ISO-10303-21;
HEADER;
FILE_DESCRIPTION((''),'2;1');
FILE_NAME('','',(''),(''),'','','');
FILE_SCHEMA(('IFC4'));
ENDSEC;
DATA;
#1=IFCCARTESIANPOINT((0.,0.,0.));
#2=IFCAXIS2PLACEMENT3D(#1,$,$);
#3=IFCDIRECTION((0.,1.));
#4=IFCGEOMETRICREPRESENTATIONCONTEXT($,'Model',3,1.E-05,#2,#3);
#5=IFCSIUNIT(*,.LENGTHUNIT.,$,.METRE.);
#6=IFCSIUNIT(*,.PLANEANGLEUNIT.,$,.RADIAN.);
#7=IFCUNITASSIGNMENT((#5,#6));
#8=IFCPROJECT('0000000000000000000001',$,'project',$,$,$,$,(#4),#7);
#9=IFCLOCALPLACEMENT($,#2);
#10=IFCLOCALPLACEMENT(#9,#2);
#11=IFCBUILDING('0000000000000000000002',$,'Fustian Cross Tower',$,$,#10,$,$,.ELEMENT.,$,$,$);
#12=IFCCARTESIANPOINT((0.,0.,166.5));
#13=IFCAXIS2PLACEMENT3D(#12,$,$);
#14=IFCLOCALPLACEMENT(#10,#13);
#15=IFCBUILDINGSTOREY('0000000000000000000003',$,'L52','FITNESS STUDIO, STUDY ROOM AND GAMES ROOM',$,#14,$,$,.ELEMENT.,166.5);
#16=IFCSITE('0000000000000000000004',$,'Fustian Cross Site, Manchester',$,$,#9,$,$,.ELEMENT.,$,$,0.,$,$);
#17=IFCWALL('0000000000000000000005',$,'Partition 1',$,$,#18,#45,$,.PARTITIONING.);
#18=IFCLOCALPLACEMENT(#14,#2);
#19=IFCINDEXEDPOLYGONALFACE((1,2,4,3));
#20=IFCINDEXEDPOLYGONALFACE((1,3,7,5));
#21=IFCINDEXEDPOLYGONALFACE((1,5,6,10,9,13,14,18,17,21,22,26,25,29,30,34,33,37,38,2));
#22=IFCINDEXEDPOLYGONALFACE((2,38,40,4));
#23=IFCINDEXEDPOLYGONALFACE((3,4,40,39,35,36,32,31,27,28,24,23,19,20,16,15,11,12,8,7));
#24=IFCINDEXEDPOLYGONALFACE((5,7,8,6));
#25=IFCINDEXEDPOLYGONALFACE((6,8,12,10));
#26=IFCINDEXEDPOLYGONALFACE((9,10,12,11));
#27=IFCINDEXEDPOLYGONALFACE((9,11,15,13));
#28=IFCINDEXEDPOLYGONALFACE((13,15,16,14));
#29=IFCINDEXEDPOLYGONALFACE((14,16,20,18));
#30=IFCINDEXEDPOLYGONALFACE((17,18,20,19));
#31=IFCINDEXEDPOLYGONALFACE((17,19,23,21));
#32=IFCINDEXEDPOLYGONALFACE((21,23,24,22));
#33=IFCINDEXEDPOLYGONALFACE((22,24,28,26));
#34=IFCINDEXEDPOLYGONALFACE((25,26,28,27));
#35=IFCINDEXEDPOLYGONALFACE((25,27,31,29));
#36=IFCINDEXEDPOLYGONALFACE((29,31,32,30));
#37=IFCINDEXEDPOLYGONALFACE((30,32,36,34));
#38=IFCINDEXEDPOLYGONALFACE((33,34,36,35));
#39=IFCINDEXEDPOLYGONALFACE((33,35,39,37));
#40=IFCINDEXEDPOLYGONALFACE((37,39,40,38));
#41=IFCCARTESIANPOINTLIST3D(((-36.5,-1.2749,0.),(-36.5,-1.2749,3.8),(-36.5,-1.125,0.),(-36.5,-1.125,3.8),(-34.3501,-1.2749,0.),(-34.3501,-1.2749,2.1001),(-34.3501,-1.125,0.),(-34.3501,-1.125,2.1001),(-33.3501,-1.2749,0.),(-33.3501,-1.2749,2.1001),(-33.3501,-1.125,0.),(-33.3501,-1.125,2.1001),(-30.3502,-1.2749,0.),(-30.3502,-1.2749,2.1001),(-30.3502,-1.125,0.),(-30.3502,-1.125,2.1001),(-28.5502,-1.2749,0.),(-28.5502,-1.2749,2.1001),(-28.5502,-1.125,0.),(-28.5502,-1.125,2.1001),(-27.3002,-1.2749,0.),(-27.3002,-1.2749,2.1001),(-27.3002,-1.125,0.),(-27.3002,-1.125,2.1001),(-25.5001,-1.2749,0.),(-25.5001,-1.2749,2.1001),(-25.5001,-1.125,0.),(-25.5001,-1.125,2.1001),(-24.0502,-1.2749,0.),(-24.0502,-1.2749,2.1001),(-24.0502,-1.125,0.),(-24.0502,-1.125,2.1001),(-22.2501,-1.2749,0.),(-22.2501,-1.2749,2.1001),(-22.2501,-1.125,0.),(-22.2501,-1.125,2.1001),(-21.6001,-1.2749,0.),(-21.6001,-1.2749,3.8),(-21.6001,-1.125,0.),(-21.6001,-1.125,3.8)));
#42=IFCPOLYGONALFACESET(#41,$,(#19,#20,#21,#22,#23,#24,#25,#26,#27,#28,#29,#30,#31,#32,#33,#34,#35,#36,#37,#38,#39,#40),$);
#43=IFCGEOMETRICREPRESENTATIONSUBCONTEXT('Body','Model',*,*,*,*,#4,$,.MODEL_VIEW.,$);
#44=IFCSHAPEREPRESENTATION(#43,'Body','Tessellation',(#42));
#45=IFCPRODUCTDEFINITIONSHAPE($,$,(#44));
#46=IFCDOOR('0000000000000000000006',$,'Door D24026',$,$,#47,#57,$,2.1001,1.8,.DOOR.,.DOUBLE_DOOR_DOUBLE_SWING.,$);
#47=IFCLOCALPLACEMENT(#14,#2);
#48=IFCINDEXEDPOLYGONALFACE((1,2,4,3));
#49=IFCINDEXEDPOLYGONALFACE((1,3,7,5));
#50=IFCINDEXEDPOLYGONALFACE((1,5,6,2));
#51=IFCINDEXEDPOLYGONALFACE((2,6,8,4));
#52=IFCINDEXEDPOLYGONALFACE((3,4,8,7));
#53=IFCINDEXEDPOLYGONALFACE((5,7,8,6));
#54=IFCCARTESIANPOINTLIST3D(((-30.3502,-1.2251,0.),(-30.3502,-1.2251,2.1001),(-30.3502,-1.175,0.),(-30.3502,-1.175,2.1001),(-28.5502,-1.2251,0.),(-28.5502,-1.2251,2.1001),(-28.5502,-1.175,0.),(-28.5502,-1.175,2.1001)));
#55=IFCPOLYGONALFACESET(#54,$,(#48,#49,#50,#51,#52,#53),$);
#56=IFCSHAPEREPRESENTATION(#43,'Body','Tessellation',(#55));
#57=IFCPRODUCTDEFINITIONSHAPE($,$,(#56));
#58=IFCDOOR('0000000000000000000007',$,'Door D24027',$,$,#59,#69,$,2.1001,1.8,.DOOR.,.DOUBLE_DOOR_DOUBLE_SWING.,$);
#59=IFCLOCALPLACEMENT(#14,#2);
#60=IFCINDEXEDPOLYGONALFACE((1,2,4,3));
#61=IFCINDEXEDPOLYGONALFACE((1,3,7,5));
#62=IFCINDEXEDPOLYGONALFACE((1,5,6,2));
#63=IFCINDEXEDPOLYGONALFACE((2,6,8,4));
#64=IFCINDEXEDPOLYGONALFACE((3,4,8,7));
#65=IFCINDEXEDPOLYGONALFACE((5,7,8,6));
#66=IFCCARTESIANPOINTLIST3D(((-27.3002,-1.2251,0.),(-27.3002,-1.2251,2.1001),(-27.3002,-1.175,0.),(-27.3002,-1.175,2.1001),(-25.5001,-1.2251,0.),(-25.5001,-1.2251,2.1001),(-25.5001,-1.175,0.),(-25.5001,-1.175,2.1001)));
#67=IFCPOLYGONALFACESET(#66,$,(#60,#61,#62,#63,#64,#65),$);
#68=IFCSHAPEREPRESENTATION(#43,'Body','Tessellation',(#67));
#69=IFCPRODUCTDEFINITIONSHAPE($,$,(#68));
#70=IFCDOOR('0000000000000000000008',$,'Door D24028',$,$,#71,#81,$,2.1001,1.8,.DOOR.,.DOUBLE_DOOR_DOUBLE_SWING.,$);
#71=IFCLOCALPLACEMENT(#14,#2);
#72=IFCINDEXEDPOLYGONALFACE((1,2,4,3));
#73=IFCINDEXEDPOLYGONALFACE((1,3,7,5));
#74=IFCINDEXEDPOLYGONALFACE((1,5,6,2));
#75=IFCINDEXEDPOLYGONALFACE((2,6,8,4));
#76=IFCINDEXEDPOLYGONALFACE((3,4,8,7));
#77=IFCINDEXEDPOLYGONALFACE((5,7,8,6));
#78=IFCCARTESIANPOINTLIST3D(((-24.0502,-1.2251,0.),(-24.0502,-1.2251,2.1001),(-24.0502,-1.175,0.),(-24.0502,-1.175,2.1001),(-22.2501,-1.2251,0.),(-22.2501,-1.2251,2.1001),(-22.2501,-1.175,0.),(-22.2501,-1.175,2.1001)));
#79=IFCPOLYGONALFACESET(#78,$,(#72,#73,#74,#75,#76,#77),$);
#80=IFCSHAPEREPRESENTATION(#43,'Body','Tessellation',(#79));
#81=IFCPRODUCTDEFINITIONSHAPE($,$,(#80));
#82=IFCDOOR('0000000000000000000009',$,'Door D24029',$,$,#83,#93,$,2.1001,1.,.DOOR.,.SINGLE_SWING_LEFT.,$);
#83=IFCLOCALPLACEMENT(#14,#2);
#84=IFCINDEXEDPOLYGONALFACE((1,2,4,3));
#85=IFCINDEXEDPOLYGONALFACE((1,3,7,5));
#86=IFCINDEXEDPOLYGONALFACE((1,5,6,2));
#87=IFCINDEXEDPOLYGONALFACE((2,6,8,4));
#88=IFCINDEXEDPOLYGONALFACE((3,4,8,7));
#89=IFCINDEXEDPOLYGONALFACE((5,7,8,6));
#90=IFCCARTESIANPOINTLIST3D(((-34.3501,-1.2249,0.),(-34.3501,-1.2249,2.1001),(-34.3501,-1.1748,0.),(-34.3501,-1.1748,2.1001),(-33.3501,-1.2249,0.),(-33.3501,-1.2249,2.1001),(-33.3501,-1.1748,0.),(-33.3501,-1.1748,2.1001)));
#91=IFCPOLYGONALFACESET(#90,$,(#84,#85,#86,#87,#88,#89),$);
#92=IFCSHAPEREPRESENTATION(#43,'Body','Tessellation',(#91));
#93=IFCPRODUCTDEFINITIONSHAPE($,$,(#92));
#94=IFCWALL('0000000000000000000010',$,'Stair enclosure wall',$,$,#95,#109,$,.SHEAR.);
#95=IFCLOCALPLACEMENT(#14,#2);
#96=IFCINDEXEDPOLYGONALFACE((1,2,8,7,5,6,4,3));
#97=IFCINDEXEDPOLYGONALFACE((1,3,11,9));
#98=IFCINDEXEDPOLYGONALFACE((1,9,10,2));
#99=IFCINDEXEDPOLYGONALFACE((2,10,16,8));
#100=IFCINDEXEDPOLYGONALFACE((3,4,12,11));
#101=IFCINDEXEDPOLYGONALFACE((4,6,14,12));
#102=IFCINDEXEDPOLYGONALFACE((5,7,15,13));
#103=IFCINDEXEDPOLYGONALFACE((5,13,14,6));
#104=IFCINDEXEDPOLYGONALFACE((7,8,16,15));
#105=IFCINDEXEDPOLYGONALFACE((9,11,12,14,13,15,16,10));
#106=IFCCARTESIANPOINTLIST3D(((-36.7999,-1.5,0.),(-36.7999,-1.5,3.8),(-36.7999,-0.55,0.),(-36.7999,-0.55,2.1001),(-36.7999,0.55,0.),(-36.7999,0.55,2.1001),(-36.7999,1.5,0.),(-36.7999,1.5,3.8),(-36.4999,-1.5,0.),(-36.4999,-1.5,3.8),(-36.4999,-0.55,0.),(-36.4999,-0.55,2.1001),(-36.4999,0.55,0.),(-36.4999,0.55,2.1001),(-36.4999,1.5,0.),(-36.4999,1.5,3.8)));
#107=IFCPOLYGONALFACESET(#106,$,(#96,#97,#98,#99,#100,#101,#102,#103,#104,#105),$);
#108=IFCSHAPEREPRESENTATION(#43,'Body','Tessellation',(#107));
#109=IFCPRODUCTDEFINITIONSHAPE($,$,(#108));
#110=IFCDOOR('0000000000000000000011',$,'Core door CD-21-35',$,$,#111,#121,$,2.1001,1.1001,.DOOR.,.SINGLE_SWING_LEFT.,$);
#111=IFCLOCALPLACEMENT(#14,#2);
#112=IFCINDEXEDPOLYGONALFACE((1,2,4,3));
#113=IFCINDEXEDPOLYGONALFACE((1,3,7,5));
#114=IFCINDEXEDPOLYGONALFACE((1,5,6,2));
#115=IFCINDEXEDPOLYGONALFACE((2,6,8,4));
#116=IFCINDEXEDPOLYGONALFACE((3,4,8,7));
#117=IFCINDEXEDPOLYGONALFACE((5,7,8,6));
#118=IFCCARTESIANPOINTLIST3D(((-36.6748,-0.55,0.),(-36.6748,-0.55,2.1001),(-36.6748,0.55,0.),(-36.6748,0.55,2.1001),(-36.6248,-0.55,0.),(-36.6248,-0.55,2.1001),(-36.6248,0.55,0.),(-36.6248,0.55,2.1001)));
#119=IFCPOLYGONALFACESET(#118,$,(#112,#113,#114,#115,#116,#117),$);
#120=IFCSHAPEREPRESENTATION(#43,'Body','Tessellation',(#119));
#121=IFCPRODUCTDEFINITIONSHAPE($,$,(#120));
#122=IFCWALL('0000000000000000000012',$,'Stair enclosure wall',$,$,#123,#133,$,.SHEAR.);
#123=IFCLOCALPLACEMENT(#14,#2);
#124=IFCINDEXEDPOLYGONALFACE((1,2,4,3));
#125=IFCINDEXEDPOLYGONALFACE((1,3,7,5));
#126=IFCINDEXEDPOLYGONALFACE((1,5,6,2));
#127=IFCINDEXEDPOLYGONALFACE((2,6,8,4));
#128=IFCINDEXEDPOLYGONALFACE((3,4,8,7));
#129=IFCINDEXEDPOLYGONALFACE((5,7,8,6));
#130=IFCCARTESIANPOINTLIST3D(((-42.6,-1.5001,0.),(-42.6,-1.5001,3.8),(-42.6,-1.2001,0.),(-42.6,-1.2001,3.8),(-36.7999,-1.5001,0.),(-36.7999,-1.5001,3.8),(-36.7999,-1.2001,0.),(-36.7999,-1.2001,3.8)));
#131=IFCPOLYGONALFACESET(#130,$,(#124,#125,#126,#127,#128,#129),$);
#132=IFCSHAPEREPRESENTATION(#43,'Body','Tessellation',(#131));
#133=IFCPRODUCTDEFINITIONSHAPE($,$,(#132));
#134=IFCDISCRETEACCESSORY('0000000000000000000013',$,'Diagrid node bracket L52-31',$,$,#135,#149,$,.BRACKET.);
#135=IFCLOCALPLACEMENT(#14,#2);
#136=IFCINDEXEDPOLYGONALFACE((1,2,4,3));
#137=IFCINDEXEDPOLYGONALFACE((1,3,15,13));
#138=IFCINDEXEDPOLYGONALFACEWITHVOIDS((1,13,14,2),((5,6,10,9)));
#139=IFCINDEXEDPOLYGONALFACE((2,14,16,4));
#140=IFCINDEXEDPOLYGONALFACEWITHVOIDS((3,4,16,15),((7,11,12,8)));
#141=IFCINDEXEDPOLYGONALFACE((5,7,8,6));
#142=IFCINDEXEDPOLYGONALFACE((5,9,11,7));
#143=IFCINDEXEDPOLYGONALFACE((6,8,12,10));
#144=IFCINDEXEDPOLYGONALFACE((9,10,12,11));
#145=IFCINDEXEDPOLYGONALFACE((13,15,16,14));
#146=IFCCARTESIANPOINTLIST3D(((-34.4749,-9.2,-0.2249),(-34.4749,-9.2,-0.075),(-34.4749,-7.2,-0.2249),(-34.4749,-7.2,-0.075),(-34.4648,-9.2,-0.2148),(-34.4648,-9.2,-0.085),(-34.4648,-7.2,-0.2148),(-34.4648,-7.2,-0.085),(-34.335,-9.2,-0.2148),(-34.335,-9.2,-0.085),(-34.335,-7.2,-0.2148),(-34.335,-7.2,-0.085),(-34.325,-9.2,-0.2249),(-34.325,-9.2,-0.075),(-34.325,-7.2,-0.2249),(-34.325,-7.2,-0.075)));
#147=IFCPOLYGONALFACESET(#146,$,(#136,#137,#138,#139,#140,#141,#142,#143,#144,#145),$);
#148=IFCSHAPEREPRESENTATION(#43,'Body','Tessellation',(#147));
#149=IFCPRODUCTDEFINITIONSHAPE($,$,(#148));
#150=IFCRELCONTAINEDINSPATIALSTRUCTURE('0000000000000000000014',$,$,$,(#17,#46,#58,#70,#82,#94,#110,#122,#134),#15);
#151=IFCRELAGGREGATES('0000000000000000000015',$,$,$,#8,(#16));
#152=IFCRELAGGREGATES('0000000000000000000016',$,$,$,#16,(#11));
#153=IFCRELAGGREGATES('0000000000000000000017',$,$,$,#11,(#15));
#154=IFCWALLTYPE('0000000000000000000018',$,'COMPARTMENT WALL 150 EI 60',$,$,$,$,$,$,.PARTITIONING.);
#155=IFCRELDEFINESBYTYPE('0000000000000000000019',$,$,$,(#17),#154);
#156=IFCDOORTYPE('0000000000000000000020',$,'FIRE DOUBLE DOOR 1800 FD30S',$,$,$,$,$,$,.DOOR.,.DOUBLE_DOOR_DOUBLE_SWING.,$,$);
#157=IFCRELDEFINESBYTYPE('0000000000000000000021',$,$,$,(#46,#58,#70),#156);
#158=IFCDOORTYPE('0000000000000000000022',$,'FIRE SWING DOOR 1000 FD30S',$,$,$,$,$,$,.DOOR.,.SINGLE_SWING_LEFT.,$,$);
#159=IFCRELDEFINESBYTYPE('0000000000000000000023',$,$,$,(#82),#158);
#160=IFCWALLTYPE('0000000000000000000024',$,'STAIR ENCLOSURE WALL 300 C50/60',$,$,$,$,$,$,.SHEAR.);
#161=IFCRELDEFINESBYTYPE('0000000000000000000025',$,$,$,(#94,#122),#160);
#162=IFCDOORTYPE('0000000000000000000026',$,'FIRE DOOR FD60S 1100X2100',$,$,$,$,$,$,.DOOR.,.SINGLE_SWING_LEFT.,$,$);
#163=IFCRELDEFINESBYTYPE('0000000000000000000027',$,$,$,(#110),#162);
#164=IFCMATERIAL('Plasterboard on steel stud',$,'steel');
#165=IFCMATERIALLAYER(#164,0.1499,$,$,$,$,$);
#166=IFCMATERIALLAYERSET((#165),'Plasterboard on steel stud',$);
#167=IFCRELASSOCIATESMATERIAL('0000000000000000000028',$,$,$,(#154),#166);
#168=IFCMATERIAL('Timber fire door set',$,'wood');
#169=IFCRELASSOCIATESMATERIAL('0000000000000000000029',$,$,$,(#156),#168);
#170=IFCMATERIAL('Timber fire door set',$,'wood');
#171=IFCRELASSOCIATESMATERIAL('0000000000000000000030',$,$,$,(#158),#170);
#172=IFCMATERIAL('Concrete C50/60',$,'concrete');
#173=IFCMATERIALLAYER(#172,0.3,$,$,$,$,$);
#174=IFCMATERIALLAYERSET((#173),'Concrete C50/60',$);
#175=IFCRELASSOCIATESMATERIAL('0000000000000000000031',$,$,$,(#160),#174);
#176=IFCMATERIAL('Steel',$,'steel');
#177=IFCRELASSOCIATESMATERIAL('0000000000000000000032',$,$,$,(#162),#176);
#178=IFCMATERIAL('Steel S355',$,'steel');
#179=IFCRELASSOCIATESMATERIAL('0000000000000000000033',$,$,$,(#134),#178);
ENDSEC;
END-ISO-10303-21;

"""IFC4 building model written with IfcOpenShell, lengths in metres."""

from ifc_helpers import new_model, si_unit, direction, frame, frame_2d, origin, origin_2d, place, context, subcontext, project, spatial, rectangle, hollow_rectangle, extrude, material, layer, layer_set, type_object, element, fill, save


model = new_model("IFC4")

# Units and contexts
model_context = context("Model", 3, precision=1e-05, world=origin(), true_north=direction((0.0, 1.0)))
body_context = subcontext(model_context, "Body", "Model", "MODEL_VIEW")
ifc_project = project(units=[si_unit("LENGTHUNIT", "METRE"), si_unit("PLANEANGLEUNIT", "RADIAN")], contexts=[model_context])

# Site, building, storey
site_placement = place(None, origin())
site = spatial("IfcSite", under=ifc_project, at=site_placement, Name="Fustian Cross Site, Manchester", CompositionType="ELEMENT", RefElevation=0.0)
building_placement = place(site_placement, origin())
building = spatial("IfcBuilding", under=site, at=building_placement, Name="Fustian Cross Tower", CompositionType="ELEMENT")
storey_placement = place(building_placement, frame((0.0, 0.0, 166.5)))
storey = spatial("IfcBuildingStorey", under=building, at=storey_placement, Name="L52", Description="FITNESS STUDIO, STUDY ROOM AND GAMES ROOM", CompositionType="ELEMENT", Elevation=166.5)

# Wall, openings, doors
ifc_material_1 = material(Name="Plasterboard on steel stud", Category="steel")
ifc_layer_1 = layer(ifc_material_1, 0.1499)
ifc_layer_set_1 = layer_set([ifc_layer_1], Name="Plasterboard on steel stud")
wall_type_1 = type_object("IfcWallType", Name="COMPARTMENT WALL 150 EI 60", PredefinedType="PARTITIONING", material=ifc_layer_set_1)
wall_1_placement = place(storey_placement, frame((-36.5, -1.2, 0.0), z_axis=(0.0, 0.0, 1.0), x_axis=(1.0, 0.0, 0.0)))
wall_1 = element("IfcWall", 1, at=wall_1_placement, inside=storey, type_object=wall_type_1, Name="Partition 1", PredefinedType="PARTITIONING", context=body_context, shape_type="SweptSolid", body=[
    extrude(rectangle(XDim=14.8999, YDim=0.1499, at=frame_2d((7.45, 0.0))), origin(), (0.0, 0.0, 1.0), 3.8),
])
opening_1_placement = place(wall_1_placement, frame((6.1499, 0.0, 0.0)))
opening_1 = element("IfcOpeningElement", 2, at=opening_1_placement, cuts=wall_1, PredefinedType="OPENING", context=body_context, shape_type="SweptSolid", body=[
    extrude(rectangle(XDim=1.8, YDim=2.1001, at=frame_2d((0.8999, 1.05))), frame((0.0, 0.085, 0.0), z_axis=(0.0, -1.0, 0.0), x_axis=(1.0, 0.0, 0.0)), (0.0, 0.0, 1.0), 0.1699),
])
opening_2_placement = place(wall_1_placement, frame((9.2, 0.0, 0.0)))
opening_2 = element("IfcOpeningElement", 3, at=opening_2_placement, cuts=wall_1, PredefinedType="OPENING", context=body_context, shape_type="SweptSolid", body=[
    extrude(rectangle(XDim=1.8, YDim=2.1001, at=frame_2d((0.8999, 1.05))), frame((0.0, 0.085, 0.0), z_axis=(0.0, -1.0, 0.0), x_axis=(1.0, 0.0, 0.0)), (0.0, 0.0, 1.0), 0.1699),
])
opening_3_placement = place(wall_1_placement, frame((12.45, 0.0, 0.0)))
opening_3 = element("IfcOpeningElement", 4, at=opening_3_placement, cuts=wall_1, PredefinedType="OPENING", context=body_context, shape_type="SweptSolid", body=[
    extrude(rectangle(XDim=1.8, YDim=2.1001, at=frame_2d((0.8999, 1.05))), frame((0.0, 0.085, 0.0), z_axis=(0.0, -1.0, 0.0), x_axis=(1.0, 0.0, 0.0)), (0.0, 0.0, 1.0), 0.1699),
])
opening_4_placement = place(wall_1_placement, frame((2.1499, 0.0, 0.0)))
opening_4 = element("IfcOpeningElement", 5, at=opening_4_placement, cuts=wall_1, PredefinedType="OPENING", context=body_context, shape_type="SweptSolid", body=[
    extrude(rectangle(XDim=1.0, YDim=2.1001, at=frame_2d((0.5, 1.05))), frame((0.0, 0.085, 0.0), z_axis=(0.0, -1.0, 0.0), x_axis=(1.0, 0.0, 0.0)), (0.0, 0.0, 1.0), 0.1699),
])
ifc_material_2 = material(Name="Timber fire door set", Category="wood")
door_type_1 = type_object("IfcDoorType", Name="FIRE DOUBLE DOOR 1800 FD30S", OperationType="DOUBLE_DOOR_DOUBLE_SWING", PredefinedType="DOOR", material=ifc_material_2)
door_1_placement = place(opening_1_placement, origin())
door_1 = element("IfcDoor", 6, at=door_1_placement, inside=storey, type_object=door_type_1, Name="Door D24026", OperationType="DOUBLE_DOOR_DOUBLE_SWING", OverallHeight=2.1001, OverallWidth=1.8, PredefinedType="DOOR", context=body_context, shape_type="SweptSolid", body=[
    extrude(rectangle(XDim=1.8, YDim=2.1001, at=frame_2d((0.8999, 1.05))), frame((0.0, 0.0249, 0.0), z_axis=(0.0, -1.0, 0.0), x_axis=(1.0, 0.0, 0.0)), (0.0, 0.0, 1.0), 0.05),
])
fill(opening_1, door_1)
door_2_placement = place(opening_2_placement, origin())
door_2 = element("IfcDoor", 7, at=door_2_placement, inside=storey, type_object=door_type_1, Name="Door D24027", OperationType="DOUBLE_DOOR_DOUBLE_SWING", OverallHeight=2.1001, OverallWidth=1.8, PredefinedType="DOOR", context=body_context, shape_type="SweptSolid", body=[
    extrude(rectangle(XDim=1.8, YDim=2.1001, at=frame_2d((0.8999, 1.05))), frame((0.0, 0.0249, 0.0), z_axis=(0.0, -1.0, 0.0), x_axis=(1.0, 0.0, 0.0)), (0.0, 0.0, 1.0), 0.05),
])
fill(opening_2, door_2)
door_3_placement = place(opening_3_placement, origin())
door_3 = element("IfcDoor", 8, at=door_3_placement, inside=storey, type_object=door_type_1, Name="Door D24028", OperationType="DOUBLE_DOOR_DOUBLE_SWING", OverallHeight=2.1001, OverallWidth=1.8, PredefinedType="DOOR", context=body_context, shape_type="SweptSolid", body=[
    extrude(rectangle(XDim=1.8, YDim=2.1001, at=frame_2d((0.8999, 1.05))), frame((0.0, 0.0249, 0.0), z_axis=(0.0, -1.0, 0.0), x_axis=(1.0, 0.0, 0.0)), (0.0, 0.0, 1.0), 0.05),
])
fill(opening_3, door_3)
ifc_material_3 = material(Name="Timber fire door set", Category="wood")
door_type_2 = type_object("IfcDoorType", Name="FIRE SWING DOOR 1000 FD30S", OperationType="SINGLE_SWING_LEFT", PredefinedType="DOOR", material=ifc_material_3)
door_4_placement = place(opening_4_placement, frame((1.0, 0.0, 0.0), z_axis=(0.0, 0.0, 1.0), x_axis=(-1.0, 0.0, 0.0)))
door_4 = element("IfcDoor", 9, at=door_4_placement, inside=storey, type_object=door_type_2, Name="Door D24029", OperationType="SINGLE_SWING_LEFT", OverallHeight=2.1001, OverallWidth=1.0, PredefinedType="DOOR", context=body_context, shape_type="SweptSolid", body=[
    extrude(rectangle(XDim=1.0, YDim=2.1001, at=frame_2d((0.5, 1.05))), frame((0.0, 0.0249, 0.0), z_axis=(0.0, -1.0, 0.0), x_axis=(1.0, 0.0, 0.0)), (0.0, 0.0, 1.0), 0.05),
])
fill(opening_4, door_4)

# Wall, opening, door
ifc_material_4 = material(Name="Concrete C50/60", Category="concrete")
ifc_layer_2 = layer(ifc_material_4, 0.3)
ifc_layer_set_2 = layer_set([ifc_layer_2], Name="Concrete C50/60")
wall_type_2 = type_object("IfcWallType", Name="STAIR ENCLOSURE WALL 300 C50/60", PredefinedType="SHEAR", material=ifc_layer_set_2)
wall_2_placement = place(storey_placement, frame((-36.6499, -1.5, 0.0), z_axis=(0.0, 0.0, 1.0), x_axis=(0.0, 1.0, 0.0)))
wall_2 = element("IfcWall", 10, at=wall_2_placement, inside=storey, type_object=wall_type_2, Name="Stair enclosure wall", PredefinedType="SHEAR", context=body_context, shape_type="SweptSolid", body=[
    extrude(rectangle(XDim=3.0, YDim=0.3, at=frame_2d((1.5, 0.0))), origin(), (0.0, 0.0, 1.0), 3.8),
])
opening_5_placement = place(wall_2_placement, frame((0.95, 0.0, 0.0)))
opening_5 = element("IfcOpeningElement", 11, at=opening_5_placement, cuts=wall_2, PredefinedType="OPENING", context=body_context, shape_type="SweptSolid", body=[
    extrude(rectangle(XDim=1.1001, YDim=2.1001, at=frame_2d((0.55, 1.05))), frame((0.0, 0.1599, 0.0), z_axis=(0.0, -1.0, 0.0), x_axis=(1.0, 0.0, 0.0)), (0.0, 0.0, 1.0), 0.3201),
])
ifc_material_5 = material(Name="Steel", Category="steel")
door_type_3 = type_object("IfcDoorType", Name="FIRE DOOR FD60S 1100X2100", OperationType="SINGLE_SWING_LEFT", PredefinedType="DOOR", material=ifc_material_5)
door_5_placement = place(opening_5_placement, origin())
door_5 = element("IfcDoor", 12, at=door_5_placement, inside=storey, type_object=door_type_3, Name="Core door CD-21-35", OperationType="SINGLE_SWING_LEFT", OverallHeight=2.1001, OverallWidth=1.1001, PredefinedType="DOOR", context=body_context, shape_type="SweptSolid", body=[
    extrude(rectangle(XDim=1.1001, YDim=2.1001, at=frame_2d((0.55, 1.05))), frame((0.0, 0.0249, 0.0), z_axis=(0.0, -1.0, 0.0), x_axis=(1.0, 0.0, 0.0)), (0.0, 0.0, 1.0), 0.05),
])
fill(opening_5, door_5)

# Wall
wall_3_placement = place(storey_placement, frame((-36.8, -1.3501, 0.0), z_axis=(0.0, 0.0, 1.0), x_axis=(-1.0, 0.0, 0.0)))
element("IfcWall", 13, at=wall_3_placement, inside=storey, type_object=wall_type_2, Name="Stair enclosure wall", PredefinedType="SHEAR", context=body_context, shape_type="SweptSolid", body=[
    extrude(rectangle(XDim=5.8, YDim=0.3, at=frame_2d((2.8999, 0.0))), origin(), (0.0, 0.0, 1.0), 3.8),
])

# Discrete accessory
ifc_material_6 = material(Name="Steel S355", Category="steel")
discrete_accessory_placement = place(storey_placement, frame((-34.3999, -9.2, -0.1499), z_axis=(0.0, 1.0, 0.0), x_axis=(-1.0, 0.0, 0.0)))
element("IfcDiscreteAccessory", 14, at=discrete_accessory_placement, inside=storey, material=ifc_material_6, Name="Diagrid node bracket L52-31", PredefinedType="BRACKET", context=body_context, shape_type="SweptSolid", body=[
    extrude(hollow_rectangle(XDim=0.1499, YDim=0.1499, WallThickness=0.01, at=origin_2d()), origin(), (0.0, 0.0, 1.0), 2.0),
])

save(model, "model.ifc")
